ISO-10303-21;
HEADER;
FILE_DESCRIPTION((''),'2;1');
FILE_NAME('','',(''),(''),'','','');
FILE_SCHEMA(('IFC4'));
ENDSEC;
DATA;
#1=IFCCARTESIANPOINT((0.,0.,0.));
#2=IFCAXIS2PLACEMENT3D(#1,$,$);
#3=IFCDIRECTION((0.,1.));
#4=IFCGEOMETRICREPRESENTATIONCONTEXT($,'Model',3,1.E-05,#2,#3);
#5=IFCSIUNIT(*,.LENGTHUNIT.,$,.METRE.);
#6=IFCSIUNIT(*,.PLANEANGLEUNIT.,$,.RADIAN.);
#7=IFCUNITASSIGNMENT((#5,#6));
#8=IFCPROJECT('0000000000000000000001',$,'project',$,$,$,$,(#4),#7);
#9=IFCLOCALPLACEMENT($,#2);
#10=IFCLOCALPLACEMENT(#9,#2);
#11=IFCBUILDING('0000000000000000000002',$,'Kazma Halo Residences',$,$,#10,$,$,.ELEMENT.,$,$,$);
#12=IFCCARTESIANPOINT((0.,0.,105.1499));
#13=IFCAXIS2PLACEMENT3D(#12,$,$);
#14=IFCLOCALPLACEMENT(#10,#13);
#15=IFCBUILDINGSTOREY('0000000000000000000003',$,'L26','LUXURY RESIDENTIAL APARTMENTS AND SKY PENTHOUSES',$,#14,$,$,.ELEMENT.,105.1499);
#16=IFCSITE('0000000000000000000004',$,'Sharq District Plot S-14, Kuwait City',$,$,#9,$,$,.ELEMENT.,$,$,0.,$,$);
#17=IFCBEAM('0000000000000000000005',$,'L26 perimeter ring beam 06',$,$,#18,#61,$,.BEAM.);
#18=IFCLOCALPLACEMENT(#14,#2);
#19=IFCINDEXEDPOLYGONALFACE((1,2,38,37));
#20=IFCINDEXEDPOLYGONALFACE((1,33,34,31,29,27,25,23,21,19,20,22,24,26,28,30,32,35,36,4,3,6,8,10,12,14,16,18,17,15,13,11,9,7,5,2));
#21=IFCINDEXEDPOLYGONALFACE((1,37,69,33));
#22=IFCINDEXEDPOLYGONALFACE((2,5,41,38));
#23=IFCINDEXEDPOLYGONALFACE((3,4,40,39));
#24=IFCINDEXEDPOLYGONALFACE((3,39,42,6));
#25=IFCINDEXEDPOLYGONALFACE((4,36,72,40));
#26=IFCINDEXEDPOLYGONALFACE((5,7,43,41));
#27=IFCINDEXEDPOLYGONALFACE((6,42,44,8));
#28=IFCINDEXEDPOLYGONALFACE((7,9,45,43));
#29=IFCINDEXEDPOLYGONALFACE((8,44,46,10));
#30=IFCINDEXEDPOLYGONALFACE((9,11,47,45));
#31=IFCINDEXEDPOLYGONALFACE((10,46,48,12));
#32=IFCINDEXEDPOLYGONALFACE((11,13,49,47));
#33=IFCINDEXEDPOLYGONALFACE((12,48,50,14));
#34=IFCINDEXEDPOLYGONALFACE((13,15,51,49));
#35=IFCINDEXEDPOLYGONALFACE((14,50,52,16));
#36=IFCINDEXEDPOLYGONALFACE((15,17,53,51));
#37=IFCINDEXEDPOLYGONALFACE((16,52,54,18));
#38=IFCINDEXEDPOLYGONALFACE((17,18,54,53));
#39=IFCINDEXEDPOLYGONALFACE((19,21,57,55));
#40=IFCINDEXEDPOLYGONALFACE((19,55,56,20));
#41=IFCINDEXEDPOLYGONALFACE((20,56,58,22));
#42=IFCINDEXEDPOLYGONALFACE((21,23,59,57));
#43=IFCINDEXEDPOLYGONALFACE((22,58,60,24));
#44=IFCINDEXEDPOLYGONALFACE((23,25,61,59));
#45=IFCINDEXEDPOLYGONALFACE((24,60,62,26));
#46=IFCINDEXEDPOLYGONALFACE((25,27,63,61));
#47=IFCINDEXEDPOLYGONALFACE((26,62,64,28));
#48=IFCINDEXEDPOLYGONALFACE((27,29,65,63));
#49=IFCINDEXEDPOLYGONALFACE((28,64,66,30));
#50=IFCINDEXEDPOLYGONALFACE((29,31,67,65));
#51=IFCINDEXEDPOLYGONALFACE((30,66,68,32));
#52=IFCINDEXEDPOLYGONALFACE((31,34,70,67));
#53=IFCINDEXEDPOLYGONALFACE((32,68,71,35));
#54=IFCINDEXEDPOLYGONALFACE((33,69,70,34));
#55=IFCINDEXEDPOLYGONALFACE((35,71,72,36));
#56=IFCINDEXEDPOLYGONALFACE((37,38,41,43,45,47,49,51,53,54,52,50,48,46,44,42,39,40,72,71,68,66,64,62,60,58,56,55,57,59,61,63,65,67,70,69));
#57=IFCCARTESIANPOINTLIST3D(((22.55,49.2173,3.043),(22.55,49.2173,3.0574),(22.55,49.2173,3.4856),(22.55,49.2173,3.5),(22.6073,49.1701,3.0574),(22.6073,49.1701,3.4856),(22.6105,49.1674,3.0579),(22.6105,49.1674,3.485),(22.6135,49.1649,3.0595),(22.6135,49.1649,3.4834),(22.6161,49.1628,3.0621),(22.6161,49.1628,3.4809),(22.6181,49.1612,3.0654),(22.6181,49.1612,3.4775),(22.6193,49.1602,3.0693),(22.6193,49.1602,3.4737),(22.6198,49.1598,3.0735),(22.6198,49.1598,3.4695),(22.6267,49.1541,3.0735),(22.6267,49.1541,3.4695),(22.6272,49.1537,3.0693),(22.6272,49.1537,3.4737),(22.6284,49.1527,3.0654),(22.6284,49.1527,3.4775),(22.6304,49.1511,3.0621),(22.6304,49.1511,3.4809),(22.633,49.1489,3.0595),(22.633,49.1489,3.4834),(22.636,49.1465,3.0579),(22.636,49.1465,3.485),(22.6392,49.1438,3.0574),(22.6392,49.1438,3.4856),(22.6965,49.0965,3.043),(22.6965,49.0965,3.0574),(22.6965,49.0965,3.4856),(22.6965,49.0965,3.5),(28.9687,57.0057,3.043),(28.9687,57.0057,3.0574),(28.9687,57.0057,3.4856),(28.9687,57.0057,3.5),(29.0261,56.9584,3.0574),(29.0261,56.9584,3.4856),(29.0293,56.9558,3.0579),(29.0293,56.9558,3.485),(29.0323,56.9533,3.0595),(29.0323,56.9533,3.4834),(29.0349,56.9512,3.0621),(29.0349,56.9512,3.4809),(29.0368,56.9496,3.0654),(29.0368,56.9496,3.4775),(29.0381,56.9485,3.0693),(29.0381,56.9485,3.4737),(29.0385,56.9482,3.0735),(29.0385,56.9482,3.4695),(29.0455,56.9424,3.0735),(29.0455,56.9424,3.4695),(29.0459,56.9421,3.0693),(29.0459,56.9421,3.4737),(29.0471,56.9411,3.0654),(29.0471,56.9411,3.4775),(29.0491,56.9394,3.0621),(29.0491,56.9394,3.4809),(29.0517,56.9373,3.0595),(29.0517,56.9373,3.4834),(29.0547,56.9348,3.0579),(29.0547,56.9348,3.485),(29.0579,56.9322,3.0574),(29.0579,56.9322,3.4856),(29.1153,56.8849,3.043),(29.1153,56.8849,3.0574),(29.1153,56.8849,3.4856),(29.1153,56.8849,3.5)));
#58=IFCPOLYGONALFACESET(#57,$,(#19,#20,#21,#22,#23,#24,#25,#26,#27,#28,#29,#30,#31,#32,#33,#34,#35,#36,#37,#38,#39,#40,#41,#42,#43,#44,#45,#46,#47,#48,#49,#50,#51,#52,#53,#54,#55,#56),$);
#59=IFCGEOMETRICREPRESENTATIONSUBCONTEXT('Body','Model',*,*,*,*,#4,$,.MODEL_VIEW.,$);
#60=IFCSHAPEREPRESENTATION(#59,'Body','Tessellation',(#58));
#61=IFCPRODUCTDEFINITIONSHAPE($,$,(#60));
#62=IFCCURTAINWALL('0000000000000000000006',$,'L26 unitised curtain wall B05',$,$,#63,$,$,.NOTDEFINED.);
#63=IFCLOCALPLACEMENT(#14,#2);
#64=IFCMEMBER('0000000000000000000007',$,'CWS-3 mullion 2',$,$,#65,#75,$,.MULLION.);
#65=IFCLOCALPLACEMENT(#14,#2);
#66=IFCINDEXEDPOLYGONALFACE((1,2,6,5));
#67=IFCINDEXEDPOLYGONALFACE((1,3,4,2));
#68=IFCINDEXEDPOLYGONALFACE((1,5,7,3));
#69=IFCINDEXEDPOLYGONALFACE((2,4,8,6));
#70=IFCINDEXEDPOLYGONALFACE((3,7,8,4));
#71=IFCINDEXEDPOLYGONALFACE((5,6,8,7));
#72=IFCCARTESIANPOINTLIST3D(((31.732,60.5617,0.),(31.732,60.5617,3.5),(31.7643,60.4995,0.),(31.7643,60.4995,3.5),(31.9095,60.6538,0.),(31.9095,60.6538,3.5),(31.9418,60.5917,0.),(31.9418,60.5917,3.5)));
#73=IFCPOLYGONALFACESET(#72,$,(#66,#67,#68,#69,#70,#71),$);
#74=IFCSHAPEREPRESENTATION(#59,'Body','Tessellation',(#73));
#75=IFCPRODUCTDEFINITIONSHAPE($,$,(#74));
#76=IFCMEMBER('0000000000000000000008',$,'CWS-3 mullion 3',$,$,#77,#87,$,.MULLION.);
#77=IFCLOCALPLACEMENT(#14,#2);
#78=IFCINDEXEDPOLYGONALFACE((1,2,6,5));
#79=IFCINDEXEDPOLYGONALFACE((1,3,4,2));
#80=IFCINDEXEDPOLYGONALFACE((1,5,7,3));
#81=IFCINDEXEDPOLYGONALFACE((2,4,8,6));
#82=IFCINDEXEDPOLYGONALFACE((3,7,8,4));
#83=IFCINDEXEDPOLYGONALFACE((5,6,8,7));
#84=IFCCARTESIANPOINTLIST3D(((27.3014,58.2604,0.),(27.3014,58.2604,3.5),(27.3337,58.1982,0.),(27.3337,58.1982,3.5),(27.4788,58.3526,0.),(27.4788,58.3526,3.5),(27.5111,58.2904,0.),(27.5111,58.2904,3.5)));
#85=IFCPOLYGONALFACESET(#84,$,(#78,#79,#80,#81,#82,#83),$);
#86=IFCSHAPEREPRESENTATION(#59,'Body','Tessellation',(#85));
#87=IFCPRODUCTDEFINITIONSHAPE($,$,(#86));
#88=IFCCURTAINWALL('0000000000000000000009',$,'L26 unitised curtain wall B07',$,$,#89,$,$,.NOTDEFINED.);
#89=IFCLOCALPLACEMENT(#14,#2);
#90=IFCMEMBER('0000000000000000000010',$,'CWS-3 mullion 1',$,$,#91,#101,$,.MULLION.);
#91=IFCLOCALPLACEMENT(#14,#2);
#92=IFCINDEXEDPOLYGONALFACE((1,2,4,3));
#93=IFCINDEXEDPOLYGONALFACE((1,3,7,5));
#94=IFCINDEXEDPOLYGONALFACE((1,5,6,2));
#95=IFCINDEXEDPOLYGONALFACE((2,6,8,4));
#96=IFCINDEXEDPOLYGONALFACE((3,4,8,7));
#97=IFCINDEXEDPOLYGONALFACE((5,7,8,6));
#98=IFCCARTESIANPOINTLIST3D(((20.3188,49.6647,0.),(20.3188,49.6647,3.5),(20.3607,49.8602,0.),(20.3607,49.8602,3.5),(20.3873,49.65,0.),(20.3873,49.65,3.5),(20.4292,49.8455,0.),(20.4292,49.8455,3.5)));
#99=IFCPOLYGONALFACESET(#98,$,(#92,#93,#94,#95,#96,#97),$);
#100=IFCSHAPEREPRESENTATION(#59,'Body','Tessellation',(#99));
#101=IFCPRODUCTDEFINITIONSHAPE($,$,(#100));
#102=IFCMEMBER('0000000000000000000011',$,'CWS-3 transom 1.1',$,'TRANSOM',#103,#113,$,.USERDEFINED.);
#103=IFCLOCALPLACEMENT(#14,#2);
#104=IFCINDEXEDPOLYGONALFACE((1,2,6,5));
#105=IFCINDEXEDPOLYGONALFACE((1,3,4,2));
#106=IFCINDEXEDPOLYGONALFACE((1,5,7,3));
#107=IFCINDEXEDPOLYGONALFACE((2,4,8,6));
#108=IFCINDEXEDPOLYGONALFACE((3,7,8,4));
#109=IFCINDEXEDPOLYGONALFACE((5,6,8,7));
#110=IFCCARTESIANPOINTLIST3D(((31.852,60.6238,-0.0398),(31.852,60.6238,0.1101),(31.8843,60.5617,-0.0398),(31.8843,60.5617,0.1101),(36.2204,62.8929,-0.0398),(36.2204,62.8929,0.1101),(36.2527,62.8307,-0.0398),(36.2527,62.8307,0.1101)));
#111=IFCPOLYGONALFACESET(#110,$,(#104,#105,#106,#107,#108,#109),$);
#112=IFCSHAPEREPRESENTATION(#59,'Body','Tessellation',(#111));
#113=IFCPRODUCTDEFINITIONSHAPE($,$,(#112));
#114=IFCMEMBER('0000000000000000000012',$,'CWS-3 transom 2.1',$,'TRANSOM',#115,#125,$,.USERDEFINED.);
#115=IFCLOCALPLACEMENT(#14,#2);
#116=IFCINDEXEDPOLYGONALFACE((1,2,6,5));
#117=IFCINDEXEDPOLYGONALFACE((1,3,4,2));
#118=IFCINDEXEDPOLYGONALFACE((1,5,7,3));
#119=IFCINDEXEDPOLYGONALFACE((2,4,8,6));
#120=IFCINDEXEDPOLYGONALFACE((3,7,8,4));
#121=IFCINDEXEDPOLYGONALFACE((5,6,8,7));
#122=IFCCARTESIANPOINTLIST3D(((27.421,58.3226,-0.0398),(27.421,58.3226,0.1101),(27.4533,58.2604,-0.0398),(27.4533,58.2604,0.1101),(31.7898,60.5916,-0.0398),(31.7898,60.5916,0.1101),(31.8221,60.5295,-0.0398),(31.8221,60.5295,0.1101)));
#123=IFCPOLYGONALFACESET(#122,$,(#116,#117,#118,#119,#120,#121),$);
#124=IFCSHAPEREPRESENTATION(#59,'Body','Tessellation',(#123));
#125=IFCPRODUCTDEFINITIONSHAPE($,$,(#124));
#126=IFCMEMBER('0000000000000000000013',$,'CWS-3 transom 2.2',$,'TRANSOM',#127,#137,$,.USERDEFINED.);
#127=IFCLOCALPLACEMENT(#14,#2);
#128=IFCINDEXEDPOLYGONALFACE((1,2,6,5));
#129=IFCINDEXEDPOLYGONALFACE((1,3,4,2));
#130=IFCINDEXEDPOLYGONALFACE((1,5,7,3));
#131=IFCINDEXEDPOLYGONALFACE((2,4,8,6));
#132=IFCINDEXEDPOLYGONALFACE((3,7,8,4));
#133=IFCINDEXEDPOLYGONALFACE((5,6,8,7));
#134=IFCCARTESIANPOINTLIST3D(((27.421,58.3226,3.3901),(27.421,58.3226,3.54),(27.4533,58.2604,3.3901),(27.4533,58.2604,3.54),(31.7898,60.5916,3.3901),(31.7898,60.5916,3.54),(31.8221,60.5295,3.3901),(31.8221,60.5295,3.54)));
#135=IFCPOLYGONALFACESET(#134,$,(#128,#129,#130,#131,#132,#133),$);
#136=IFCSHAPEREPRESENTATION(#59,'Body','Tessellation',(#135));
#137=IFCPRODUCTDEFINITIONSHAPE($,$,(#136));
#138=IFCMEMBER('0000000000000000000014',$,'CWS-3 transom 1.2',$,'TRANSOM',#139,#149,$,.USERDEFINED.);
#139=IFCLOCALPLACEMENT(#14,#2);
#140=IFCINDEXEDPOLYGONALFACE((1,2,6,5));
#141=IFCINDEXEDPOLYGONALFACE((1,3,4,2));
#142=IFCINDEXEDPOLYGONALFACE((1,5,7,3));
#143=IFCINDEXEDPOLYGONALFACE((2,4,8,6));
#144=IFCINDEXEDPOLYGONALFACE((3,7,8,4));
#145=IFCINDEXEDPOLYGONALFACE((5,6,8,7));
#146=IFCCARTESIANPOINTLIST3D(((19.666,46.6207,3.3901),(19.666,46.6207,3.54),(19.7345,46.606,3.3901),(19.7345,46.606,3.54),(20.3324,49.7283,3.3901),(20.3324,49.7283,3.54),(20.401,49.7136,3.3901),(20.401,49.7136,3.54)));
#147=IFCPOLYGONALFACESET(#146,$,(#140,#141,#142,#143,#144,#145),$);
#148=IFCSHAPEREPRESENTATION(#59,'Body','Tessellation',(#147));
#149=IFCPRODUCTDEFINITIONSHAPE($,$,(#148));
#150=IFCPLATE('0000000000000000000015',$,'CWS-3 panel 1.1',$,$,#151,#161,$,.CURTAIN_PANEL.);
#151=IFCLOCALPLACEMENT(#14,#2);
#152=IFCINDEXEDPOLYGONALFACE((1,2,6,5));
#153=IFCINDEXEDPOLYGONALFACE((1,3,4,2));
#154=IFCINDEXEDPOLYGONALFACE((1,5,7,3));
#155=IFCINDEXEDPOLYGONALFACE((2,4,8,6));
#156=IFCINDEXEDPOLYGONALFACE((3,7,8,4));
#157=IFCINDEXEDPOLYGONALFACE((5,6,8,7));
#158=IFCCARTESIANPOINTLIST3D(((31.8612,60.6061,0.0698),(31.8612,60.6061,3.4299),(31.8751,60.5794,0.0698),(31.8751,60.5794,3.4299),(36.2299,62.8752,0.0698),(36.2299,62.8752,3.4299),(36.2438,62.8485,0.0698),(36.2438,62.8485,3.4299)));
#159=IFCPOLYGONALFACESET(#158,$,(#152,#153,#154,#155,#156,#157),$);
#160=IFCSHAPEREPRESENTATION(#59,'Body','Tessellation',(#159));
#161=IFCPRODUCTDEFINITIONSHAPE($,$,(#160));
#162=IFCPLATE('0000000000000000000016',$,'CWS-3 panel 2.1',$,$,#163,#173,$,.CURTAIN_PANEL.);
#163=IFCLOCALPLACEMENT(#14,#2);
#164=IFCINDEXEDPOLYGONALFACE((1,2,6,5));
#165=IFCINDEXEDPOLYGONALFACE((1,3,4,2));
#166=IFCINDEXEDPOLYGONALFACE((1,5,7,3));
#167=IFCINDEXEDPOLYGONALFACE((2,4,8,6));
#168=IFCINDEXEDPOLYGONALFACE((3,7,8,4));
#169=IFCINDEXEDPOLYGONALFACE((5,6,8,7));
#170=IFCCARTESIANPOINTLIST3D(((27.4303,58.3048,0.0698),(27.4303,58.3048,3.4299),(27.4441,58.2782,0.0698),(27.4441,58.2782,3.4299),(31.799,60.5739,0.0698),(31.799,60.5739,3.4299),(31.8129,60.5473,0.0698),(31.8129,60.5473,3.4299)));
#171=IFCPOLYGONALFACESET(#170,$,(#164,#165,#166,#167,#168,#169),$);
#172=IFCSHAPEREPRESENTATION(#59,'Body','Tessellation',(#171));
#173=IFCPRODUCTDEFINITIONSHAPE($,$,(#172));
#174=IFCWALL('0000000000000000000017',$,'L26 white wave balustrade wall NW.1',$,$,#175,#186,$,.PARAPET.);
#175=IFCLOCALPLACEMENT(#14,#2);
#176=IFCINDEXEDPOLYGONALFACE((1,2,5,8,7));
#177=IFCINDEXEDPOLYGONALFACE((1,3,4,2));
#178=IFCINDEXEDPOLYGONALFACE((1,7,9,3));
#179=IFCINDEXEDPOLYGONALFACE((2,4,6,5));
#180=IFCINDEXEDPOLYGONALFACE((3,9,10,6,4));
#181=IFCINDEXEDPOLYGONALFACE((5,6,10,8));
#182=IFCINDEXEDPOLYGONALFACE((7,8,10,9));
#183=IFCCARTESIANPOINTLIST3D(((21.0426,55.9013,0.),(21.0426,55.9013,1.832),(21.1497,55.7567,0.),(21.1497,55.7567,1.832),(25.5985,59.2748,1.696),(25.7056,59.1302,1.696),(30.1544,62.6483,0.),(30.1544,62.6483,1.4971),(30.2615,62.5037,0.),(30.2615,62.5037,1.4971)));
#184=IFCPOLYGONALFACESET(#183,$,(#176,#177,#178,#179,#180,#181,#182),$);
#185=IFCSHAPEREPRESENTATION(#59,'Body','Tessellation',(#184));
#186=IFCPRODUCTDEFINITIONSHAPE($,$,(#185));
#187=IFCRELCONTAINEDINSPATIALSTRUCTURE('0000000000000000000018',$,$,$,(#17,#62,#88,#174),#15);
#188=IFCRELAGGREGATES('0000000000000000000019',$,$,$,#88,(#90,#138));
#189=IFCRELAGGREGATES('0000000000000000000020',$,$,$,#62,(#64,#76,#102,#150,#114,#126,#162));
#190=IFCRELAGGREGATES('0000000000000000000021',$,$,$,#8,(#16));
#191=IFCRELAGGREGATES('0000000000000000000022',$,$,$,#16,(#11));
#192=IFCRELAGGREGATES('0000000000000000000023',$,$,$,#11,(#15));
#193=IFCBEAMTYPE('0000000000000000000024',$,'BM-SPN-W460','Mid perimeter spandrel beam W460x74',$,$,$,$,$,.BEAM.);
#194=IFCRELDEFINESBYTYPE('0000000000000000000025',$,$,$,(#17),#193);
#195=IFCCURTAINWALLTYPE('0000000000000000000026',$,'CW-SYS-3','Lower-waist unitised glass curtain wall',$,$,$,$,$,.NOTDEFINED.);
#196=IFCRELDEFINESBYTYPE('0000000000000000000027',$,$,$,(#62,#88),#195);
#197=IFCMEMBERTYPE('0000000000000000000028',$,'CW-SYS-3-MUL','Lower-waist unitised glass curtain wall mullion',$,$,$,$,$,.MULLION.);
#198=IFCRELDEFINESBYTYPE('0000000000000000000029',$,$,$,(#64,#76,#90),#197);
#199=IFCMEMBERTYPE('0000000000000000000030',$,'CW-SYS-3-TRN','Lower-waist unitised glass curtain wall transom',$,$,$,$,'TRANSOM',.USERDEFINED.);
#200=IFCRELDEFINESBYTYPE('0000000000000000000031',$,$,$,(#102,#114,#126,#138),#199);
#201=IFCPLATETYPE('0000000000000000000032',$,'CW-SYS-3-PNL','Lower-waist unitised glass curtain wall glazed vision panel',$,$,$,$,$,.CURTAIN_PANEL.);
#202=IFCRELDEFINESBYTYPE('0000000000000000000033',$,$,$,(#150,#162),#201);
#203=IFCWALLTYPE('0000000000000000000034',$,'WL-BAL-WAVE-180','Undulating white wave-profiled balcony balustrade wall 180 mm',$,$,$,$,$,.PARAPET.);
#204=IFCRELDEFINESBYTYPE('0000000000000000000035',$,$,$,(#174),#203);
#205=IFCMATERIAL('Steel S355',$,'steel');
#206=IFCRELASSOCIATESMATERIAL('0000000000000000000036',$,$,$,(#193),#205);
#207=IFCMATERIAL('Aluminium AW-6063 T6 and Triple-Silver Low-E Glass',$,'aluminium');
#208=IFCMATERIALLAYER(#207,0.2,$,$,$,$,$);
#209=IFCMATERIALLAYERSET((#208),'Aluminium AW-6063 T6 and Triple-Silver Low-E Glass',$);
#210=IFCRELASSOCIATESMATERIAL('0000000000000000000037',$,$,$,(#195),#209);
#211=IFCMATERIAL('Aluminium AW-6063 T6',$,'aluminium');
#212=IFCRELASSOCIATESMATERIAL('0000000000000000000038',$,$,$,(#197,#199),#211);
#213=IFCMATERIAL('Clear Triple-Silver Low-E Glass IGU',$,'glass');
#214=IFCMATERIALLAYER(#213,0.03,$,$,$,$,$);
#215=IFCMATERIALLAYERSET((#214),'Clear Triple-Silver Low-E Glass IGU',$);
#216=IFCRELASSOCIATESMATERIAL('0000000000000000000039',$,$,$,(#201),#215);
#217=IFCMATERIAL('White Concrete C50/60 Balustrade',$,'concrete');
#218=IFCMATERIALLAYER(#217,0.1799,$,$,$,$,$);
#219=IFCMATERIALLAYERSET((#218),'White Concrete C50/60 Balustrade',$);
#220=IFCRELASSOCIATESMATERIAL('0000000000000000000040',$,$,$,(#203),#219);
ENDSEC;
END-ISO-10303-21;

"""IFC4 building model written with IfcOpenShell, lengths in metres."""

from ifc_helpers import new_model, si_unit, direction, frame, origin, origin_2d, place, context, subcontext, project, spatial, polyline, rectangle, i_section, outline, extrude, material, layer, layer_set, material_profile, profile_set, type_object, element, aggregate, save


model = new_model("IFC4")

# Units and contexts
model_context = context("Model", 3, precision=1e-05, world=origin(), true_north=direction((0.0, 1.0)))
body_context = subcontext(model_context, "Body", "Model", "MODEL_VIEW")
ifc_project = project(units=[si_unit("LENGTHUNIT", "METRE"), si_unit("PLANEANGLEUNIT", "RADIAN")], contexts=[model_context])

# Site, building, storey
site_placement = place(None, origin())
site = spatial("IfcSite", under=ifc_project, at=site_placement, Name="Sharq District Plot S-14, Kuwait City", CompositionType="ELEMENT", RefElevation=0.0)
building_placement = place(site_placement, origin())
building = spatial("IfcBuilding", under=site, at=building_placement, Name="Kazma Halo Residences", CompositionType="ELEMENT")
storey_placement = place(building_placement, frame((0.0, 0.0, 105.1499)))
storey = spatial("IfcBuildingStorey", under=building, at=storey_placement, Name="L26", Description="LUXURY RESIDENTIAL APARTMENTS AND SKY PENTHOUSES", CompositionType="ELEMENT", Elevation=105.1499)

# Beam
ifc_material_1 = material(Name="Steel S355", Category="steel")
ifc_material_profile_1 = material_profile(ifc_material_1, i_section(OverallWidth=0.1899, OverallDepth=0.457, WebThickness=0.009, FlangeThickness=0.0144, FilletRadius=0.0161, at=origin_2d()), Name="W460x74")
ifc_profile_set_1 = profile_set([ifc_material_profile_1], Name="Steel S355")
beam_type_1 = type_object("IfcBeamType", Name="BM-SPN-W460", Description="Mid perimeter spandrel beam W460x74", PredefinedType="BEAM", material=ifc_profile_set_1)
beam_1_placement = place(storey_placement, frame((29.042, 56.9453, 3.2715), z_axis=(-0.63599, -0.771698, 0.0), x_axis=(0.771698, -0.63599, 0.0)))
element("IfcBeam", 1, at=beam_1_placement, inside=storey, type_object=beam_type_1, Name="L26 perimeter ring beam 06", PredefinedType="BEAM", context=body_context, shape_type="SweptSolid", body=[
    extrude(i_section(OverallWidth=0.1899, OverallDepth=0.457, WebThickness=0.009, FlangeThickness=0.0144, FilletRadius=0.0161, at=origin_2d()), origin(), (0.0, 0.0, 1.0), 10.0925),
])

# Curtain wall, members
ifc_material_2 = material(Name="Aluminium AW-6063 T6 and Triple-Silver Low-E Glass", Category="aluminium")
ifc_layer_1 = layer(ifc_material_2, 0.2)
ifc_layer_set_1 = layer_set([ifc_layer_1], Name="Aluminium AW-6063 T6 and Triple-Silver Low-E Glass")
curtain_wall_type = type_object("IfcCurtainWallType", Name="CW-SYS-3", Description="Lower-waist unitised glass curtain wall", PredefinedType="NOTDEFINED", material=ifc_layer_set_1)
curtain_wall_1_placement = place(storey_placement, origin())
curtain_wall_1 = element("IfcCurtainWall", 2, at=curtain_wall_1_placement, inside=storey, type_object=curtain_wall_type, Name="L26 unitised curtain wall B05", PredefinedType="NOTDEFINED")
ifc_material_3 = material(Name="Aluminium AW-6063 T6", Category="aluminium")
ifc_material_profile_2 = material_profile(ifc_material_3, rectangle(XDim=0.0701, YDim=0.2, at=origin_2d()), Name="CWM-70x200")
ifc_profile_set_2 = profile_set([ifc_material_profile_2], Name="Aluminium AW-6063 T6")
member_type_1 = type_object("IfcMemberType", Name="CW-SYS-3-MUL", Description="Lower-waist unitised glass curtain wall mullion", PredefinedType="MULLION", material=ifc_profile_set_2)
member_1_placement = place(storey_placement, frame((31.8369, 60.5767, 0.0), z_axis=(0.0, 0.0, 1.0), x_axis=(0.460932, -0.887435, 0.0)))
member_1 = element("IfcMember", 3, at=member_1_placement, type_object=member_type_1, Name="CWS-3 mullion 2", PredefinedType="MULLION", context=body_context, shape_type="SweptSolid", body=[
    extrude(rectangle(XDim=0.0701, YDim=0.2, at=origin_2d()), origin(), (0.0, 0.0, 1.0), 3.5),
])
member_2_placement = place(storey_placement, frame((27.4062, 58.2754, 0.0), z_axis=(0.0, 0.0, 1.0), x_axis=(0.460932, -0.887435, 0.0)))
member_2 = element("IfcMember", 4, at=member_2_placement, type_object=member_type_1, Name="CWS-3 mullion 3", PredefinedType="MULLION", context=body_context, shape_type="SweptSolid", body=[
    extrude(rectangle(XDim=0.0701, YDim=0.2, at=origin_2d()), origin(), (0.0, 0.0, 1.0), 3.5),
])

# Curtain wall, member
curtain_wall_2_placement = place(storey_placement, origin())
curtain_wall_2 = element("IfcCurtainWall", 5, at=curtain_wall_2_placement, inside=storey, type_object=curtain_wall_type, Name="L26 unitised curtain wall B07", PredefinedType="NOTDEFINED")
member_3_placement = place(storey_placement, frame((20.374, 49.7551, 0.0), z_axis=(0.0, 0.0, 1.0), x_axis=(0.977774, -0.209661, 0.0)))
member_3 = element("IfcMember", 6, at=member_3_placement, type_object=member_type_1, Name="CWS-3 mullion 1", PredefinedType="MULLION", context=body_context, shape_type="SweptSolid", body=[
    extrude(rectangle(XDim=0.0701, YDim=0.2, at=origin_2d()), origin(), (0.0, 0.0, 1.0), 3.5),
])

# Members
ifc_material_profile_3 = material_profile(ifc_material_3, rectangle(XDim=0.0701, YDim=0.1499, at=origin_2d()), Name="CWT-70x150")
ifc_profile_set_3 = profile_set([ifc_material_profile_3], Name="Aluminium AW-6063 T6")
member_type_2 = type_object("IfcMemberType", Name="CW-SYS-3-TRN", Description="Lower-waist unitised glass curtain wall transom", ElementType="TRANSOM", PredefinedType="USERDEFINED", material=ifc_profile_set_3)
member_4_placement = place(storey_placement, frame((36.2366, 62.8618, 0.0352), z_axis=(-0.887427, -0.460948, 0.0), x_axis=(0.460948, -0.887427, 0.0)))
member_4 = element("IfcMember", 7, at=member_4_placement, type_object=member_type_2, Name="CWS-3 transom 1.1", ObjectType="TRANSOM", PredefinedType="USERDEFINED", context=body_context, shape_type="SweptSolid", body=[
    extrude(rectangle(XDim=0.0701, YDim=0.1499, at=origin_2d()), origin(), (0.0, 0.0, 1.0), 4.9226),
])
member_5_placement = place(storey_placement, frame((31.8059, 60.5605, 0.0352), z_axis=(-0.887438, -0.460928, 0.0), x_axis=(0.460928, -0.887438, 0.0)))
member_5 = element("IfcMember", 8, at=member_5_placement, type_object=member_type_2, Name="CWS-3 transom 2.1", ObjectType="TRANSOM", PredefinedType="USERDEFINED", context=body_context, shape_type="SweptSolid", body=[
    extrude(rectangle(XDim=0.0701, YDim=0.1499, at=origin_2d()), origin(), (0.0, 0.0, 1.0), 4.9229),
])
member_6_placement = place(storey_placement, frame((31.8059, 60.5605, 3.4651), z_axis=(-0.887438, -0.460928, 0.0), x_axis=(0.460928, -0.887438, 0.0)))
member_6 = element("IfcMember", 9, at=member_6_placement, type_object=member_type_2, Name="CWS-3 transom 2.2", ObjectType="TRANSOM", PredefinedType="USERDEFINED", context=body_context, shape_type="SweptSolid", body=[
    extrude(rectangle(XDim=0.0701, YDim=0.1499, at=origin_2d()), origin(), (0.0, 0.0, 1.0), 4.9229),
])
member_7_placement = place(storey_placement, frame((20.3667, 49.7209, 3.4651), z_axis=(-0.209702, -0.977765, 0.0), x_axis=(0.977765, -0.209702, 0.0)))
member_7 = element("IfcMember", 10, at=member_7_placement, type_object=member_type_2, Name="CWS-3 transom 1.2", ObjectType="TRANSOM", PredefinedType="USERDEFINED", context=body_context, shape_type="SweptSolid", body=[
    extrude(rectangle(XDim=0.0701, YDim=0.1499, at=origin_2d()), origin(), (0.0, 0.0, 1.0), 3.1782),
])
aggregate(curtain_wall_2, [member_3, member_7])

# Plates
ifc_material_4 = material(Name="Clear Triple-Silver Low-E Glass IGU", Category="glass")
ifc_layer_2 = layer(ifc_material_4, 0.03)
ifc_layer_set_2 = layer_set([ifc_layer_2], Name="Clear Triple-Silver Low-E Glass IGU")
plate_type = type_object("IfcPlateType", Name="CW-SYS-3-PNL", Description="Lower-waist unitised glass curtain wall glazed vision panel", PredefinedType="CURTAIN_PANEL", material=ifc_layer_set_2)
plate_1_placement = place(storey_placement, frame((34.0525, 61.7273, 0.0698), z_axis=(0.0, 0.0, 1.0), x_axis=(-0.887435, -0.460932, 0.0)))
plate_1 = element("IfcPlate", 11, at=plate_1_placement, type_object=plate_type, Name="CWS-3 panel 1.1", PredefinedType="CURTAIN_PANEL", context=body_context, shape_type="SweptSolid", body=[
    extrude(rectangle(XDim=4.9229, YDim=0.03, at=origin_2d()), origin(), (0.0, 0.0, 1.0), 3.3601),
])
plate_2_placement = place(storey_placement, frame((29.6216, 59.426, 0.0698), z_axis=(0.0, 0.0, 1.0), x_axis=(-0.887435, -0.460932, 0.0)))
plate_2 = element("IfcPlate", 12, at=plate_2_placement, type_object=plate_type, Name="CWS-3 panel 2.1", PredefinedType="CURTAIN_PANEL", context=body_context, shape_type="SweptSolid", body=[
    extrude(rectangle(XDim=4.9229, YDim=0.03, at=origin_2d()), origin(), (0.0, 0.0, 1.0), 3.3601),
])
aggregate(curtain_wall_1, [member_1, member_2, member_4, plate_1, member_5, member_6, plate_2])

# Wall
ifc_material_5 = material(Name="White Concrete C50/60 Balustrade", Category="concrete")
ifc_layer_3 = layer(ifc_material_5, 0.1799)
ifc_layer_set_3 = layer_set([ifc_layer_3], Name="White Concrete C50/60 Balustrade")
wall_type_1 = type_object("IfcWallType", Name="WL-BAL-WAVE-180", Description="Undulating white wave-profiled balcony balustrade wall 180 mm", PredefinedType="PARAPET", material=ifc_layer_set_3)
wall_1_placement = place(storey_placement, frame((30.208, 62.5759, 0.0), z_axis=(0.0, 0.0, 1.0), x_axis=(-0.803659, -0.59509, 0.0)))
element("IfcWall", 13, at=wall_1_placement, inside=storey, type_object=wall_type_1, Name="L26 white wave balustrade wall NW.1", PredefinedType="PARAPET", context=body_context, shape_type="SweptSolid", body=[
    extrude(outline(polyline([(0.0, 0.0), (11.3379, 0.0), (11.3379, 1.832), (5.6689, 1.696), (0.0, 1.4971), (0.0, 0.0)])), frame((0.0, 0.0898, 0.0), z_axis=(0.0, -1.0, 0.0), x_axis=(1.0, 0.0, 0.0)), (0.0, 0.0, 1.0), 0.1799),
])

save(model, "model.ifc")
